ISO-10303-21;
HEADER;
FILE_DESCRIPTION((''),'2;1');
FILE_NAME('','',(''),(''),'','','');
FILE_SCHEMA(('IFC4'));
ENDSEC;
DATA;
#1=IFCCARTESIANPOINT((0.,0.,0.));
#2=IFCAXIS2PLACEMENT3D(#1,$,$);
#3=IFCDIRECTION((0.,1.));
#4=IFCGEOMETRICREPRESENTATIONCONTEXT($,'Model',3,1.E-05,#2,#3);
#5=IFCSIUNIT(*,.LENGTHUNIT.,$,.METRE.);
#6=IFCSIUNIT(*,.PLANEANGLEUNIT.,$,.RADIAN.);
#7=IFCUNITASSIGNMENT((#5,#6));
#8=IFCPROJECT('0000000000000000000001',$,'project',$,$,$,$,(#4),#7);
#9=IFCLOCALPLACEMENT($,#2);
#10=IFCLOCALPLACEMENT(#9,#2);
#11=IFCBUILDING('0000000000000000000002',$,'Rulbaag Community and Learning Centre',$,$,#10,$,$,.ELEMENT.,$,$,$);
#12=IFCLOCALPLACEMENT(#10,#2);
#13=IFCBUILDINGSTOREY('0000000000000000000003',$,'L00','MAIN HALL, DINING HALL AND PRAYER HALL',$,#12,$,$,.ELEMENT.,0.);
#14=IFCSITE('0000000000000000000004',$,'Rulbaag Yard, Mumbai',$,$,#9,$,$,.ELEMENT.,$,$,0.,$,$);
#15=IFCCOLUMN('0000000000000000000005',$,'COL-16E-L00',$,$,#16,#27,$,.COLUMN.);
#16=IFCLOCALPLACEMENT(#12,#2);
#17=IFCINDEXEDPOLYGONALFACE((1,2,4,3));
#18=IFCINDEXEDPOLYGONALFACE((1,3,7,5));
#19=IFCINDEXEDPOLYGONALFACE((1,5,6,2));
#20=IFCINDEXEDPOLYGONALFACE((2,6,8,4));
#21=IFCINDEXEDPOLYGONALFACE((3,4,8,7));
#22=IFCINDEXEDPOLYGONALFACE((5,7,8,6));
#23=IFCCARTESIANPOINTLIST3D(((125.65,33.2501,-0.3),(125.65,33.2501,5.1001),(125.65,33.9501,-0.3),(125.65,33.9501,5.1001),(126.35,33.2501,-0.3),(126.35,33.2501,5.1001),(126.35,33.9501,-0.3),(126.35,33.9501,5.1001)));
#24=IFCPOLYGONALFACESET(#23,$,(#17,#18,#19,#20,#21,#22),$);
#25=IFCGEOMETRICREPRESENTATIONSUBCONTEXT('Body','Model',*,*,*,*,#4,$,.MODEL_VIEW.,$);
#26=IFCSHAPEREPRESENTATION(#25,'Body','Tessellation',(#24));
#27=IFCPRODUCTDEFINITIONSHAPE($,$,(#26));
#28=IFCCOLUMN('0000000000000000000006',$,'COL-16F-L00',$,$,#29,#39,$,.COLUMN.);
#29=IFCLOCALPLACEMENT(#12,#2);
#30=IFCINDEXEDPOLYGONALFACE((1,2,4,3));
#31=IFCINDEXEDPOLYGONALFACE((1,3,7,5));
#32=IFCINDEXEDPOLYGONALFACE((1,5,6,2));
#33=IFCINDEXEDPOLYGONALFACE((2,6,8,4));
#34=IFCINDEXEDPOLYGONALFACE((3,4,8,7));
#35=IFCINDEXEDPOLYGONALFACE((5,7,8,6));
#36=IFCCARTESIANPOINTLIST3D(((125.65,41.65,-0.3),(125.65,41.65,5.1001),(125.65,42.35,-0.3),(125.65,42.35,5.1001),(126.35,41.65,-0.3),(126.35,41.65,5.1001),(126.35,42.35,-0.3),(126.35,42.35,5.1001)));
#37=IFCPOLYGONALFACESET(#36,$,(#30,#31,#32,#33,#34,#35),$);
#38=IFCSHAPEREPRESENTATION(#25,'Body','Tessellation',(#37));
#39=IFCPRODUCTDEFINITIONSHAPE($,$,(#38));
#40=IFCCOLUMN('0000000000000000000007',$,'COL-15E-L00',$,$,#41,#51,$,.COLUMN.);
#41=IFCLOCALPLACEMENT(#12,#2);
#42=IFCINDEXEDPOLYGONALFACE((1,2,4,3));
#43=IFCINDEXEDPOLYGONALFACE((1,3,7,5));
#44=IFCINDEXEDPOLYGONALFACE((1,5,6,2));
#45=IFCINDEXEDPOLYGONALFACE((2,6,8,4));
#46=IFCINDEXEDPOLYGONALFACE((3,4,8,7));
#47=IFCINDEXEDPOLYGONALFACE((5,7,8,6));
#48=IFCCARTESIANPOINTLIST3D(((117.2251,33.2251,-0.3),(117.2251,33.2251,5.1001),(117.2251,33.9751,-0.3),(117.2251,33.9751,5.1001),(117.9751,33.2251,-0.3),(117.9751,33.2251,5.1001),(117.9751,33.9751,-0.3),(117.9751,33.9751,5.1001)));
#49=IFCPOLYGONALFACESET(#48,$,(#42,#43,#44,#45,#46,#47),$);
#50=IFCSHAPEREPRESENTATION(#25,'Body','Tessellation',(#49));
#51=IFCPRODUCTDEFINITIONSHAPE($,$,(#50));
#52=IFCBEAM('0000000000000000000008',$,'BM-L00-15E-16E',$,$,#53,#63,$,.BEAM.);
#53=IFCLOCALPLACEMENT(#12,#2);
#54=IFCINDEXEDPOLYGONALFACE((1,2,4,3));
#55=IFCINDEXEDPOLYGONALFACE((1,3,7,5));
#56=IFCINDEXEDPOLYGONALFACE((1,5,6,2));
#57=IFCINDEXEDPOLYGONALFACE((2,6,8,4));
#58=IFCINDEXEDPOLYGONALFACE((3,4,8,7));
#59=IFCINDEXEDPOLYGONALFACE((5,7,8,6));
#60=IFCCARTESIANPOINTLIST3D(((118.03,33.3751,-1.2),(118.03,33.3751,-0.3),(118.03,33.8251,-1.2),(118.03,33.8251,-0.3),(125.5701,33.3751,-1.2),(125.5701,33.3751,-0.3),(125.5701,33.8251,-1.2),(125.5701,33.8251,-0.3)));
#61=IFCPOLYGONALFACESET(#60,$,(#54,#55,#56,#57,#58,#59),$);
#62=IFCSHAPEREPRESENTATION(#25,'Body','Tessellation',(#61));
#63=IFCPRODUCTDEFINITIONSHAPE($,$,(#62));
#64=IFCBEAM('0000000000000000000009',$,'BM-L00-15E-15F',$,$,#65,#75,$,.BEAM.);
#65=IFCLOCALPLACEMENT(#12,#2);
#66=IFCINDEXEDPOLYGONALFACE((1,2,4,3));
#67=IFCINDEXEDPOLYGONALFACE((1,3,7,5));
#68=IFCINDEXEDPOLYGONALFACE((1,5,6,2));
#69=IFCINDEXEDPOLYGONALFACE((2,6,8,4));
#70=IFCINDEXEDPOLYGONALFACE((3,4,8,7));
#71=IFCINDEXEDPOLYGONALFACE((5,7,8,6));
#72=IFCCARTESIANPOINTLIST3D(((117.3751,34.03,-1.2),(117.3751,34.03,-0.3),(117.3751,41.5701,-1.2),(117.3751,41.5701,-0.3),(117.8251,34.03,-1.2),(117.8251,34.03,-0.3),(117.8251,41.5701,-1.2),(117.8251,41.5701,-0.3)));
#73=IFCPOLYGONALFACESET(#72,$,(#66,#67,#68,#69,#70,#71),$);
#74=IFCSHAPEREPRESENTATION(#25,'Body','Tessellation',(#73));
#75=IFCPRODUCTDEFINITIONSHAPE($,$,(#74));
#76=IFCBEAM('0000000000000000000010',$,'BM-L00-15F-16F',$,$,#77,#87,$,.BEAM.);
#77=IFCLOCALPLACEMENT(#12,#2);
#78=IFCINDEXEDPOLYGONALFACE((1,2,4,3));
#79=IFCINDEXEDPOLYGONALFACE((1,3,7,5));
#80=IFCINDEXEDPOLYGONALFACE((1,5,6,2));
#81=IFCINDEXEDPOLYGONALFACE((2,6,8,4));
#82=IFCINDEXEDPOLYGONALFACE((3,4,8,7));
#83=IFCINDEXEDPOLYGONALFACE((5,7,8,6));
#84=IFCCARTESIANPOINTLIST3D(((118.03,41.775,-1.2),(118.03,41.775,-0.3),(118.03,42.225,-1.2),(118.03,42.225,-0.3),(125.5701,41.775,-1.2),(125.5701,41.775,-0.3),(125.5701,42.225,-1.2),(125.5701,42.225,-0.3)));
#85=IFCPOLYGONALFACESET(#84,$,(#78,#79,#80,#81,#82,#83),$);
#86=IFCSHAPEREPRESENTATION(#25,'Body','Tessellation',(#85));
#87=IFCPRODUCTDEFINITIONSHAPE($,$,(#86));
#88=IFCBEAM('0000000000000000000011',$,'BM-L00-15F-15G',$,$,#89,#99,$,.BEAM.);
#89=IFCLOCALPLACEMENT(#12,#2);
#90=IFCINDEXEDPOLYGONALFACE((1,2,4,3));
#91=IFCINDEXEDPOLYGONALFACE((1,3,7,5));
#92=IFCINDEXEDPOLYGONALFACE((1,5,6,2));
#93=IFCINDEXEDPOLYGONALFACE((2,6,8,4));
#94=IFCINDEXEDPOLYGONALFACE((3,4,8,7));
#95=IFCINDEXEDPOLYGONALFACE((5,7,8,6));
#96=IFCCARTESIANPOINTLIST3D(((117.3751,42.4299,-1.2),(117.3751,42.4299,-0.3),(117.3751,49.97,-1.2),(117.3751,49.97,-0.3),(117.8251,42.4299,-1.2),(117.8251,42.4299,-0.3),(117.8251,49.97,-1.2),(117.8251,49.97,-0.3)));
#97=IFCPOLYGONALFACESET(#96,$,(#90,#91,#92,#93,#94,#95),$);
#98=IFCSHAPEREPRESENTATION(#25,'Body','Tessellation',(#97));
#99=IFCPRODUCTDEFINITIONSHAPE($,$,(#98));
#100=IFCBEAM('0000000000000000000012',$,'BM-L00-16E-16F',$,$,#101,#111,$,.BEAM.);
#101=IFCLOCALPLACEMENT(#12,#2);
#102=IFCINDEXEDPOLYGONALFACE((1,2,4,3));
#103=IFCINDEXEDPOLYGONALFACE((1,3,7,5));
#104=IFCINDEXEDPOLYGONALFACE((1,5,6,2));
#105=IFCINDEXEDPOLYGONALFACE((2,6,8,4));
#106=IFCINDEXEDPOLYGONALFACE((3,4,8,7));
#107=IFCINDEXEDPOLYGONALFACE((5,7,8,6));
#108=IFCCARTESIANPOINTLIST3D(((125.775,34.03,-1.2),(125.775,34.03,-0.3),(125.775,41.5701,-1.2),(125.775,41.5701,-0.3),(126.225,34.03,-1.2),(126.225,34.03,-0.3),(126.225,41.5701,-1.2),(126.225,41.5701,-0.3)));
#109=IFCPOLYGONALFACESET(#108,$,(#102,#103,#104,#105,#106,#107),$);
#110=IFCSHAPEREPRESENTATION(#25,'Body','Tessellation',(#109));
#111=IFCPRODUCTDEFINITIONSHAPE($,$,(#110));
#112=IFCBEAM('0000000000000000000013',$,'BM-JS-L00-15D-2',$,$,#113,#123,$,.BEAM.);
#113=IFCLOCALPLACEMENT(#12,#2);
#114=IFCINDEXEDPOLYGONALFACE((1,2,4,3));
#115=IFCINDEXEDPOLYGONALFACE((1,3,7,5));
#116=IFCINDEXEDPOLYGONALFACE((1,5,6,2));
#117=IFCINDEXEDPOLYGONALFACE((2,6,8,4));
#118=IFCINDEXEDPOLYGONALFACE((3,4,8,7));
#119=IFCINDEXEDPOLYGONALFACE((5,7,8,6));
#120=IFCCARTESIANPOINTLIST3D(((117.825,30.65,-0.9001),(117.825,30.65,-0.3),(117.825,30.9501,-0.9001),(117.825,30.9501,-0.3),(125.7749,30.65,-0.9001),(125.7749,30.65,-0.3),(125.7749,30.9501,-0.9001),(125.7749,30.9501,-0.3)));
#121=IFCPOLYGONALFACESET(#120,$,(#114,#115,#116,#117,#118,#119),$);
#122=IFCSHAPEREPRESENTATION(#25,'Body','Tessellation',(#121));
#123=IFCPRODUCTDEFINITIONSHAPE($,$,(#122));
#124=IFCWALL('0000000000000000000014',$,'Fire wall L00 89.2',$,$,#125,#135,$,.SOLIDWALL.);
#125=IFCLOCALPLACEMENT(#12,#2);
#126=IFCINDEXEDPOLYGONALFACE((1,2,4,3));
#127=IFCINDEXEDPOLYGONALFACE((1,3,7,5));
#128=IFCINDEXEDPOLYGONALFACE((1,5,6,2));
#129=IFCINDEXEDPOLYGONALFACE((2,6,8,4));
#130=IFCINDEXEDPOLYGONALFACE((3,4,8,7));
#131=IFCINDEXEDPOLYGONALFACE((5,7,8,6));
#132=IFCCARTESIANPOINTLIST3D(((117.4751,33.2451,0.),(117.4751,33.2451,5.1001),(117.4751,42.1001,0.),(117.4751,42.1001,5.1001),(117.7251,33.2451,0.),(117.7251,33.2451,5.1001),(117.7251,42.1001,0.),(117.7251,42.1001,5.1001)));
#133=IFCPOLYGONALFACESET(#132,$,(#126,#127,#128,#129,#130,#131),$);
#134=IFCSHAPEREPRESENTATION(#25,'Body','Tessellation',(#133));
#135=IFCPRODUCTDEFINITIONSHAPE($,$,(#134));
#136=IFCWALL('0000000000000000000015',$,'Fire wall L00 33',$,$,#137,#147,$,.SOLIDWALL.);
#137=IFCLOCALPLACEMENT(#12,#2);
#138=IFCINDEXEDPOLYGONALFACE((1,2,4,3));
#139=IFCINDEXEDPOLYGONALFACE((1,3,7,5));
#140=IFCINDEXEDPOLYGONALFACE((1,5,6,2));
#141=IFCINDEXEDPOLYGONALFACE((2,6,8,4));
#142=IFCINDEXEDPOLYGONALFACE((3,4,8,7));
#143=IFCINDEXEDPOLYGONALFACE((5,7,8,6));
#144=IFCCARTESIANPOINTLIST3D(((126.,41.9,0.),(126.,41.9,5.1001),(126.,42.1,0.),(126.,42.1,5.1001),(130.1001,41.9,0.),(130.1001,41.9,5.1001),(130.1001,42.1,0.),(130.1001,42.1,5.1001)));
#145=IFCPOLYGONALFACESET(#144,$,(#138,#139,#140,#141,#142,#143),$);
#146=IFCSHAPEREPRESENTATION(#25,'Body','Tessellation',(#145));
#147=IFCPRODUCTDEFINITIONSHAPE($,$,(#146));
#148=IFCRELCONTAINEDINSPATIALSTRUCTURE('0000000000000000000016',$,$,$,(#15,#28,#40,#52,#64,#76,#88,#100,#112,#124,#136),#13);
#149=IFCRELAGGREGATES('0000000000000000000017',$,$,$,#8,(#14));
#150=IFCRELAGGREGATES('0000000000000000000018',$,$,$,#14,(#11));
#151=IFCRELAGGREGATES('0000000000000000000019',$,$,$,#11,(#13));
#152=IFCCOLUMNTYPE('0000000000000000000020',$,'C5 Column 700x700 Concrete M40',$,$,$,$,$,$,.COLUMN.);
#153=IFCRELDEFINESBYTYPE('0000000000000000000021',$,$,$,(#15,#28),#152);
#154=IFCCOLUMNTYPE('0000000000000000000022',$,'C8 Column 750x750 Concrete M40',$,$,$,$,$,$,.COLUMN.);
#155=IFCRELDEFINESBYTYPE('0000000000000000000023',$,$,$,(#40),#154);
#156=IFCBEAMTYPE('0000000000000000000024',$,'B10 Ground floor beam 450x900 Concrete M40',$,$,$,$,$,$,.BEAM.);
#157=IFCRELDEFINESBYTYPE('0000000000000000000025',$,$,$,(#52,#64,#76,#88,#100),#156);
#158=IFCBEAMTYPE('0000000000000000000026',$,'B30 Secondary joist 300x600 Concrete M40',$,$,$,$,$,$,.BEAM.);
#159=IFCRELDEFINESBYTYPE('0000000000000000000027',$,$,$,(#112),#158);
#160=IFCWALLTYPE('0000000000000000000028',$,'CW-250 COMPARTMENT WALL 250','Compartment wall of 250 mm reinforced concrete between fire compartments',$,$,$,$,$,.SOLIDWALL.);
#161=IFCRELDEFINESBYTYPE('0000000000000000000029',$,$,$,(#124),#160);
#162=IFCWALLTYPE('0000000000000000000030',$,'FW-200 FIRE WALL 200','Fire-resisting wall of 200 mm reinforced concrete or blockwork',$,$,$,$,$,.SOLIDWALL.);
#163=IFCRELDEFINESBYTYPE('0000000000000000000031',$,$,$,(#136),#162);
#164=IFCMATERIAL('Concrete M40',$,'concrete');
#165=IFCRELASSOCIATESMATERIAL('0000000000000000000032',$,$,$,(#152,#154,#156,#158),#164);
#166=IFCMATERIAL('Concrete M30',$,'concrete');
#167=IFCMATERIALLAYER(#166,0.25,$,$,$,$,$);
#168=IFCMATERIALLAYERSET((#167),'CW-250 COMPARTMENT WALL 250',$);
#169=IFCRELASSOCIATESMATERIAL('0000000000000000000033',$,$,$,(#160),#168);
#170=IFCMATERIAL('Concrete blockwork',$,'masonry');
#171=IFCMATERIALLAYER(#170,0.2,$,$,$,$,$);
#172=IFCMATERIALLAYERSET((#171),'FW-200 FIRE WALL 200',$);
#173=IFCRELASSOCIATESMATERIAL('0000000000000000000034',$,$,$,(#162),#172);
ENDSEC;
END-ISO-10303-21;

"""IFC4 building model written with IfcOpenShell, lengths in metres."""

from ifc_helpers import new_model, si_unit, direction, frame, frame_2d, origin, origin_2d, place, context, subcontext, project, spatial, rectangle, extrude, material, layer, layer_set, material_profile, profile_set, type_object, element, save


model = new_model("IFC4")

# Units and contexts
model_context = context("Model", 3, precision=1e-05, world=origin(), true_north=direction((0.0, 1.0)))
body_context = subcontext(model_context, "Body", "Model", "MODEL_VIEW")
ifc_project = project(units=[si_unit("LENGTHUNIT", "METRE"), si_unit("PLANEANGLEUNIT", "RADIAN")], contexts=[model_context])

# Site, building, storey
site_placement = place(None, origin())
site = spatial("IfcSite", under=ifc_project, at=site_placement, Name="Rulbaag Yard, Mumbai", CompositionType="ELEMENT", RefElevation=0.0)
building_placement = place(site_placement, origin())
building = spatial("IfcBuilding", under=site, at=building_placement, Name="Rulbaag Community and Learning Centre", CompositionType="ELEMENT")
storey_placement = place(building_placement, origin())
storey = spatial("IfcBuildingStorey", under=building, at=storey_placement, Name="L00", Description="MAIN HALL, DINING HALL AND PRAYER HALL", CompositionType="ELEMENT", Elevation=0.0)

# Columns
ifc_material_1 = material(Name="Concrete M40", Category="concrete")
ifc_material_profile_1 = material_profile(ifc_material_1, rectangle(XDim=0.7, YDim=0.7, at=origin_2d()), Name="RC700x700")
ifc_profile_set_1 = profile_set([ifc_material_profile_1], Name="Concrete M40")
column_type_1 = type_object("IfcColumnType", Name="C5 Column 700x700 Concrete M40", PredefinedType="COLUMN", material=ifc_profile_set_1)
for number, where, z_axis, x_axis, name in (
    (1, (126.0, 33.6001, -0.3), (0.0, 0.0, 1.0), (1.0, 0.0, 0.0), "COL-16E-L00"),
    (2, (126.0, 42.0, -0.3), (0.0, 0.0, 1.0), (1.0, 0.0, 0.0), "COL-16F-L00"),
):
    element("IfcColumn", number, at=place(storey_placement, frame(where, z_axis=z_axis, x_axis=x_axis)), inside=storey, type_object=column_type_1, Name=name, PredefinedType="COLUMN", context=body_context, shape_type="SweptSolid", body=[
        extrude(rectangle(XDim=0.7, YDim=0.7, at=origin_2d()), origin(), (0.0, 0.0, 1.0), 5.4001),
    ])
ifc_material_profile_2 = material_profile(ifc_material_1, rectangle(XDim=0.75, YDim=0.75, at=origin_2d()), Name="RC750x750")
ifc_profile_set_2 = profile_set([ifc_material_profile_2], Name="Concrete M40")
column_type_2 = type_object("IfcColumnType", Name="C8 Column 750x750 Concrete M40", PredefinedType="COLUMN", material=ifc_profile_set_2)
column_placement = place(storey_placement, frame((117.6001, 33.6001, -0.3), z_axis=(0.0, 0.0, 1.0), x_axis=(1.0, 0.0, 0.0)))
element("IfcColumn", 3, at=column_placement, inside=storey, type_object=column_type_2, Name="COL-15E-L00", PredefinedType="COLUMN", context=body_context, shape_type="SweptSolid", body=[
    extrude(rectangle(XDim=0.75, YDim=0.75, at=origin_2d()), origin(), (0.0, 0.0, 1.0), 5.4001),
])

# Beams
ifc_material_profile_3 = material_profile(ifc_material_1, rectangle(XDim=0.45, YDim=0.8999, at=origin_2d()), Name="RB450x900")
ifc_profile_set_3 = profile_set([ifc_material_profile_3], Name="Concrete M40")
beam_type_1 = type_object("IfcBeamType", Name="B10 Ground floor beam 450x900 Concrete M40", PredefinedType="BEAM", material=ifc_profile_set_3)
for number, where, z_axis, x_axis, name in (
    (4, (118.03, 33.6001, -0.75), (1.0, 0.0, 0.0), (0.0, 1.0, 0.0), "BM-L00-15E-16E"),
    (5, (117.6001, 34.03, -0.75), (0.0, 1.0, 0.0), (-1.0, 0.0, 0.0), "BM-L00-15E-15F"),
    (6, (118.03, 42.0, -0.75), (1.0, 0.0, 0.0), (0.0, 1.0, 0.0), "BM-L00-15F-16F"),
    (7, (117.6001, 42.4299, -0.75), (0.0, 1.0, 0.0), (-1.0, 0.0, 0.0), "BM-L00-15F-15G"),
    (8, (126.0, 34.03, -0.75), (0.0, 1.0, 0.0), (-1.0, 0.0, 0.0), "BM-L00-16E-16F"),
):
    element("IfcBeam", number, at=place(storey_placement, frame(where, z_axis=z_axis, x_axis=x_axis)), inside=storey, type_object=beam_type_1, Name=name, PredefinedType="BEAM", context=body_context, shape_type="SweptSolid", body=[
        extrude(rectangle(XDim=0.45, YDim=0.8999, at=origin_2d()), origin(), (0.0, 0.0, 1.0), 7.54),
    ])
ifc_material_profile_4 = material_profile(ifc_material_1, rectangle(XDim=0.3, YDim=0.6001, at=origin_2d()), Name="RB300x600")
ifc_profile_set_4 = profile_set([ifc_material_profile_4], Name="Concrete M40")
beam_type_2 = type_object("IfcBeamType", Name="B30 Secondary joist 300x600 Concrete M40", PredefinedType="BEAM", material=ifc_profile_set_4)
beam_placement = place(storey_placement, frame((117.825, 30.8, -0.6001), z_axis=(1.0, 0.0, 0.0), x_axis=(0.0, 1.0, 0.0)))
element("IfcBeam", 9, at=beam_placement, inside=storey, type_object=beam_type_2, Name="BM-JS-L00-15D-2", PredefinedType="BEAM", context=body_context, shape_type="SweptSolid", body=[
    extrude(rectangle(XDim=0.3, YDim=0.6001, at=origin_2d()), origin(), (0.0, 0.0, 1.0), 7.95),
])

# Walls
ifc_material_2 = material(Name="Concrete M30", Category="concrete")
ifc_layer_1 = layer(ifc_material_2, 0.25)
ifc_layer_set_1 = layer_set([ifc_layer_1], Name="CW-250 COMPARTMENT WALL 250")
wall_type_1 = type_object("IfcWallType", Name="CW-250 COMPARTMENT WALL 250", Description="Compartment wall of 250 mm reinforced concrete between fire compartments", PredefinedType="SOLIDWALL", material=ifc_layer_set_1)
wall_1_placement = place(storey_placement, frame((117.6001, 33.2451, 0.0), z_axis=(0.0, 0.0, 1.0), x_axis=(0.0, 1.0, 0.0)))
element("IfcWall", 10, at=wall_1_placement, inside=storey, type_object=wall_type_1, Name="Fire wall L00 89.2", PredefinedType="SOLIDWALL", context=body_context, shape_type="SweptSolid", body=[
    extrude(rectangle(XDim=8.855, YDim=0.25, at=frame_2d((4.4275, 0.0))), origin(), (0.0, 0.0, 1.0), 5.1001),
])
ifc_material_3 = material(Name="Concrete blockwork", Category="masonry")
ifc_layer_2 = layer(ifc_material_3, 0.2)
ifc_layer_set_2 = layer_set([ifc_layer_2], Name="FW-200 FIRE WALL 200")
wall_type_2 = type_object("IfcWallType", Name="FW-200 FIRE WALL 200", Description="Fire-resisting wall of 200 mm reinforced concrete or blockwork", PredefinedType="SOLIDWALL", material=ifc_layer_set_2)
wall_2_placement = place(storey_placement, frame((126.0, 42.0, 0.0), z_axis=(0.0, 0.0, 1.0), x_axis=(1.0, 0.0, 0.0)))
element("IfcWall", 11, at=wall_2_placement, inside=storey, type_object=wall_type_2, Name="Fire wall L00 33", PredefinedType="SOLIDWALL", context=body_context, shape_type="SweptSolid", body=[
    extrude(rectangle(XDim=4.1001, YDim=0.2, at=frame_2d((2.05, 0.0))), origin(), (0.0, 0.0, 1.0), 5.1001),
])

save(model, "model.ifc")
